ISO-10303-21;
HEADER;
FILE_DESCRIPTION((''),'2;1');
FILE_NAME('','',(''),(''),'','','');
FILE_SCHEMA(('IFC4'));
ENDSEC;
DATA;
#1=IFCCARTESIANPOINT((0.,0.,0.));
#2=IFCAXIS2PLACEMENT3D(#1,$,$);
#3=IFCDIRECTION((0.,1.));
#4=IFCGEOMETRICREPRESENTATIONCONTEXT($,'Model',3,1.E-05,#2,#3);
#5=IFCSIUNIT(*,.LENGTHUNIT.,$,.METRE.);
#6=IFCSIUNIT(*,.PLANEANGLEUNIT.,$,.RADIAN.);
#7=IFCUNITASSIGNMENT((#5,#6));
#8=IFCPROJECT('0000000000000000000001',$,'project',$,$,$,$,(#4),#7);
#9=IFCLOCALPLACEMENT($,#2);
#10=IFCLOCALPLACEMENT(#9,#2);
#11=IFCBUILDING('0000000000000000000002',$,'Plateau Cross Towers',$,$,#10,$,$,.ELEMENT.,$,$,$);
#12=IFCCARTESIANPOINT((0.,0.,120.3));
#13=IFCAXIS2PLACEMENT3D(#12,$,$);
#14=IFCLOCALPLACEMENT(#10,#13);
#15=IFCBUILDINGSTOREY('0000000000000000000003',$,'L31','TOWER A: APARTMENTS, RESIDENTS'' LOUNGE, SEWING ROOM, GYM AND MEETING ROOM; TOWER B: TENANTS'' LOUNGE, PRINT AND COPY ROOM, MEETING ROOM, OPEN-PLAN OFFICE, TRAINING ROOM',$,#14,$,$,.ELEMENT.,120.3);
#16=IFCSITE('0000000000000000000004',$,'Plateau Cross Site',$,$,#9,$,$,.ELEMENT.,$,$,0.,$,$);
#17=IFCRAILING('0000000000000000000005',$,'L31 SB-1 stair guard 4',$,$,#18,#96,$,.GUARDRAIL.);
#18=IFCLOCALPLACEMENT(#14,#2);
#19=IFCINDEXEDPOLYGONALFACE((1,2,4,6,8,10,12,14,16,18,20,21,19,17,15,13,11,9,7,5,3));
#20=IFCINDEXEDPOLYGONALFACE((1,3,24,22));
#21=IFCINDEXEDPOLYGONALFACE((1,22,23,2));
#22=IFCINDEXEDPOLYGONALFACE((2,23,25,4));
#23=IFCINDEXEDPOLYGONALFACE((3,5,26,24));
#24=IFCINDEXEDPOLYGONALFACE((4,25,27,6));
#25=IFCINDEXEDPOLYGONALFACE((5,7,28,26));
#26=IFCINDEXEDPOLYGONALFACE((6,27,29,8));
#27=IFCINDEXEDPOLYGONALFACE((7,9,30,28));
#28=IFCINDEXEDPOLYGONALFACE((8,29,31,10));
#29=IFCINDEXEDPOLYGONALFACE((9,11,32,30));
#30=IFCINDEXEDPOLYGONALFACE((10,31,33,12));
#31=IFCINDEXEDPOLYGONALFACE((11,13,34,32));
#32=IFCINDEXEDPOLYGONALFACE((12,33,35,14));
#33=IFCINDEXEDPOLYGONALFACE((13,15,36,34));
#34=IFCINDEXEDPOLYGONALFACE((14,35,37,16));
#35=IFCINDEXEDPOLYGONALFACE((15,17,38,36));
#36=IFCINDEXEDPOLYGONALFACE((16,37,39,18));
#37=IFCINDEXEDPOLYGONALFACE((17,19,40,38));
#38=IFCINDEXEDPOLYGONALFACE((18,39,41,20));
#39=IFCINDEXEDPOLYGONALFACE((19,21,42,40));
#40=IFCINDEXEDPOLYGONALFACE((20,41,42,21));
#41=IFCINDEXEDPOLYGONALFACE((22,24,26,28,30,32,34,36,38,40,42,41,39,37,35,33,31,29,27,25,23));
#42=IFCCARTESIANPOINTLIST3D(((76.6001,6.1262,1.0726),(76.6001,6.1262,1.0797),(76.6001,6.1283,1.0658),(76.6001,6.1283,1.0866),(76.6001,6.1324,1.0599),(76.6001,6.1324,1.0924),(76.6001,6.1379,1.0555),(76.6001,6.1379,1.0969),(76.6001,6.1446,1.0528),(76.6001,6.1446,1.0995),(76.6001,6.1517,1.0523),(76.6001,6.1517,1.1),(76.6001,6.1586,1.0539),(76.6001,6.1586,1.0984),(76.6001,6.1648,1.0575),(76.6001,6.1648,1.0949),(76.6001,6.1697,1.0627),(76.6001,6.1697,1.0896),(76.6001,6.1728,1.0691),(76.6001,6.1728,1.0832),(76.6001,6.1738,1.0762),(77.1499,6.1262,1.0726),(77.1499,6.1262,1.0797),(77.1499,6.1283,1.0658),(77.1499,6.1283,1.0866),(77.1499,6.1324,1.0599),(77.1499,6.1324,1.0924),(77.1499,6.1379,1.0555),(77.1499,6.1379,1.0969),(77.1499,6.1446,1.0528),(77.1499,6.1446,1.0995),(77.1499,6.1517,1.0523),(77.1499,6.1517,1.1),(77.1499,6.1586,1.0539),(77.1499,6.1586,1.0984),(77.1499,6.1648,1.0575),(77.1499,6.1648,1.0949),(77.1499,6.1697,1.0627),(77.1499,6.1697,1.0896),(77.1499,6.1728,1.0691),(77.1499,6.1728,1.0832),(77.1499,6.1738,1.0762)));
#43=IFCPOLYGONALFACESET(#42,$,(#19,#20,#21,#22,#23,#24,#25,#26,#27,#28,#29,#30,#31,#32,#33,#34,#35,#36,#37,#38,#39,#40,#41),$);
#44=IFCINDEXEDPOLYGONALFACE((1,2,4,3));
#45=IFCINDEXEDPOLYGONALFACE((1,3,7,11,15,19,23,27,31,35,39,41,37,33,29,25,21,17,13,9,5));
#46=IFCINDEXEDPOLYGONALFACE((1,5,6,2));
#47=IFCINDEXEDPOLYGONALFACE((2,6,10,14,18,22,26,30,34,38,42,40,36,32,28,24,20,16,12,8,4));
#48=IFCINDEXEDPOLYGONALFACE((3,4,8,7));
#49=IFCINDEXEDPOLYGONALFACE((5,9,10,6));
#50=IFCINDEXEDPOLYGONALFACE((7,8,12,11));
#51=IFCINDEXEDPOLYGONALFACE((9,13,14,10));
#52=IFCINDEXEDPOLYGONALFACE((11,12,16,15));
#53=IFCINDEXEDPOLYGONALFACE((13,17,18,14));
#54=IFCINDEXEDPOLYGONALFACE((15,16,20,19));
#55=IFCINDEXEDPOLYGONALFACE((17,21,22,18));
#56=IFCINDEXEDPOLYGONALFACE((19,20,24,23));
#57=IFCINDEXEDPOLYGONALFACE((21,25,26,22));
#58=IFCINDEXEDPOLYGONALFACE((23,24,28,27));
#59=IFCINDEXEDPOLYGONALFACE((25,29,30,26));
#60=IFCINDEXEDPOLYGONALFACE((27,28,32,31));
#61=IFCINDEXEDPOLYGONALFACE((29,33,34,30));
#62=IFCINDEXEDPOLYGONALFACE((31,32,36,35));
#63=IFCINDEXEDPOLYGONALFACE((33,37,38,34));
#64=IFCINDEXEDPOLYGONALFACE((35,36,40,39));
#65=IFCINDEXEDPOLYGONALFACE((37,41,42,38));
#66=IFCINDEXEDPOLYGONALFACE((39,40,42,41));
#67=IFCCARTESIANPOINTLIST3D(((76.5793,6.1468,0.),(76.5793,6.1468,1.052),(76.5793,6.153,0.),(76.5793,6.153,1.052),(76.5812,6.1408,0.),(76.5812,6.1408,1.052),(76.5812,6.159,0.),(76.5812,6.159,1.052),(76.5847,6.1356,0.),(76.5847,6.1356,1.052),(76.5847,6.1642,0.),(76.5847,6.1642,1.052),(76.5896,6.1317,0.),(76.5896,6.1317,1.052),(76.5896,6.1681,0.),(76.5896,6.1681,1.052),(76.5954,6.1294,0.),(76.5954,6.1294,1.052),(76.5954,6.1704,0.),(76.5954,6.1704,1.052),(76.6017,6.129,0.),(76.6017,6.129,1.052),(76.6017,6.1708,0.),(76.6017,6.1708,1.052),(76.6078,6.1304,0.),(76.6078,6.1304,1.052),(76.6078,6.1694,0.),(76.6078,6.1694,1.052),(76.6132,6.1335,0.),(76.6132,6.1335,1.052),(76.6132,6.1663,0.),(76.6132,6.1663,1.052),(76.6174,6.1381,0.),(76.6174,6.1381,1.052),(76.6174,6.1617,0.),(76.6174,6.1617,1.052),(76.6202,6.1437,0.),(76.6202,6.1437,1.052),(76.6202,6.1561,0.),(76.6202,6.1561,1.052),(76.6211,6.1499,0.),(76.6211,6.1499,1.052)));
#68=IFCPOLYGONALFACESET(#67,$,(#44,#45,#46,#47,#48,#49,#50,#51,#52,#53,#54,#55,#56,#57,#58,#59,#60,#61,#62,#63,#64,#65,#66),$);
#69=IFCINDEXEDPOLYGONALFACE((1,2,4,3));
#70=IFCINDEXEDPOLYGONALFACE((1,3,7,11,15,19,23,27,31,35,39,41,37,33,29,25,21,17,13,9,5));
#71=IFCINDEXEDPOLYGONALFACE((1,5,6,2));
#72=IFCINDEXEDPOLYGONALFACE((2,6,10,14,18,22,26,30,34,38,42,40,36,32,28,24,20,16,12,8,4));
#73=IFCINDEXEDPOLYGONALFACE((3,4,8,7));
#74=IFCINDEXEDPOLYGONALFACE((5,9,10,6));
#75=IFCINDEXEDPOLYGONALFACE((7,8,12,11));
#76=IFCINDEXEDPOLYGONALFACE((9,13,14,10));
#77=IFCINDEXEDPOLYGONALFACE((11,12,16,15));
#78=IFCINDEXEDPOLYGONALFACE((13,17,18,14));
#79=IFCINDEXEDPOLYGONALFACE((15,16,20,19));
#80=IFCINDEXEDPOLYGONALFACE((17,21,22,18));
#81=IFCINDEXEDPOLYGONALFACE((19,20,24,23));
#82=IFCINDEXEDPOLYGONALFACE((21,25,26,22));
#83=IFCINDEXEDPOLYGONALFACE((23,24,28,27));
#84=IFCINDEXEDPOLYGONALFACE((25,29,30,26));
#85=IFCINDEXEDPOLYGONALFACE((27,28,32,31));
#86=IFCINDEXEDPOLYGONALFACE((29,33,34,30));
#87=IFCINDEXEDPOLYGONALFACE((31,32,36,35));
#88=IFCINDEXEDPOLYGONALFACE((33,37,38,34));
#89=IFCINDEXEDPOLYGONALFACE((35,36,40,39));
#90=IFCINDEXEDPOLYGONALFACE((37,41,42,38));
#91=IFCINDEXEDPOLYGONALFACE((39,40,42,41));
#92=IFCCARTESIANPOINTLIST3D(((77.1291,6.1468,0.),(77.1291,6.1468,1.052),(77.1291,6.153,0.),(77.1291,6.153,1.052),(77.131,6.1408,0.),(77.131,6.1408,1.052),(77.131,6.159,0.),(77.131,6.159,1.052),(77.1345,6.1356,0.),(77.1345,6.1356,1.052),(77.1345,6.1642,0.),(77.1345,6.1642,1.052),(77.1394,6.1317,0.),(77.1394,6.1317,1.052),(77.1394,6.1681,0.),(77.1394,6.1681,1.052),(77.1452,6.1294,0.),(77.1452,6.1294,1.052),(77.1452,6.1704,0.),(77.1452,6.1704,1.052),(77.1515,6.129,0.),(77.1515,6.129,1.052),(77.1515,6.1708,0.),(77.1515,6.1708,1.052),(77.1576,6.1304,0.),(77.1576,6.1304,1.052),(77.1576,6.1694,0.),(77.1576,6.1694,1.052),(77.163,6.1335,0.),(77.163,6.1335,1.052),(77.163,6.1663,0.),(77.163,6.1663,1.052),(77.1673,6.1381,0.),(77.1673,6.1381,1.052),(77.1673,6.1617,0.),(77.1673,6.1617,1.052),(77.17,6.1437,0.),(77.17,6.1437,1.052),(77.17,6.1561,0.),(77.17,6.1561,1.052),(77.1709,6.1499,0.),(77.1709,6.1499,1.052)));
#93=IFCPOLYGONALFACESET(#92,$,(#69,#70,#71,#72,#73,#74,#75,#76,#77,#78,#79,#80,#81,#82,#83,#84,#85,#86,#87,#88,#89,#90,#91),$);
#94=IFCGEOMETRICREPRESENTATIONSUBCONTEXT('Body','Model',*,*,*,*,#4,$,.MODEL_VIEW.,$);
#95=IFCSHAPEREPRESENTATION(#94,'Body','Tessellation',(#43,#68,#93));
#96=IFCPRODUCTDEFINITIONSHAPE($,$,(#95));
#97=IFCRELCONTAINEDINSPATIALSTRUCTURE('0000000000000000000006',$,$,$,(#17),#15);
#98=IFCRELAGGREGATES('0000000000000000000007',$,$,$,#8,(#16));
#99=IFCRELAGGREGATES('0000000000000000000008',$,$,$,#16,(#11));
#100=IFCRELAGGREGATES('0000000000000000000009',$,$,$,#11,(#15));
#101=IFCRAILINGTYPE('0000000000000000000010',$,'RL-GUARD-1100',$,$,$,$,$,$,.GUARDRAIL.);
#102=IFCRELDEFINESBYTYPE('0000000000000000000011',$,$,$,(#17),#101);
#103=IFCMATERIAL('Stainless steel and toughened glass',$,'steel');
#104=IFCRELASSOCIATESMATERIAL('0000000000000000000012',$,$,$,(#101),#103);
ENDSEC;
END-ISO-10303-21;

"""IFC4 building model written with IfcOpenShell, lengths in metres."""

from ifc_helpers import new_model, si_unit, direction, frame, origin, origin_2d, place, context, subcontext, project, spatial, circle, extrude, material, type_object, element, save


model = new_model("IFC4")

# Units and contexts
model_context = context("Model", 3, precision=1e-05, world=origin(), true_north=direction((0.0, 1.0)))
body_context = subcontext(model_context, "Body", "Model", "MODEL_VIEW")
ifc_project = project(units=[si_unit("LENGTHUNIT", "METRE"), si_unit("PLANEANGLEUNIT", "RADIAN")], contexts=[model_context])

# Site, building, storey
site_placement = place(None, origin())
site = spatial("IfcSite", under=ifc_project, at=site_placement, Name="Plateau Cross Site", CompositionType="ELEMENT", RefElevation=0.0)
building_placement = place(site_placement, origin())
building = spatial("IfcBuilding", under=site, at=building_placement, Name="Plateau Cross Towers", CompositionType="ELEMENT")
storey_placement = place(building_placement, frame((0.0, 0.0, 120.3)))
storey = spatial("IfcBuildingStorey", under=building, at=storey_placement, Name="L31", Description="TOWER A: APARTMENTS, RESIDENTS' LOUNGE, SEWING ROOM, GYM AND MEETING ROOM; TOWER B: TENANTS' LOUNGE, PRINT AND COPY ROOM, MEETING ROOM, OPEN-PLAN OFFICE, TRAINING ROOM", CompositionType="ELEMENT", Elevation=120.3)

# Railing
ifc_material_1 = material(Name="Stainless steel and toughened glass", Category="steel")
railing_type_1 = type_object("IfcRailingType", Name="RL-GUARD-1100", PredefinedType="GUARDRAIL", material=ifc_material_1)
railing_1_placement = place(storey_placement, frame((76.6001, 6.1499, 0.0)))
element("IfcRailing", 1, at=railing_1_placement, inside=storey, type_object=railing_type_1, Name="L31 SB-1 stair guard 4", PredefinedType="GUARDRAIL", context=body_context, shape_type="SweptSolid", body=[
    extrude(circle(Radius=0.0239, at=origin_2d()), frame((0.0, 0.0, 1.0762), z_axis=(1.0, 0.0, 0.0), x_axis=(0.0, 1.0, 0.0)), (0.0, 0.0, 1.0), 0.5498),
    extrude(circle(Radius=0.021, at=origin_2d()), origin(), (0.0, 0.0, 1.0), 1.052),
    extrude(circle(Radius=0.021, at=origin_2d()), frame((0.5498, 0.0, 0.0)), (0.0, 0.0, 1.0), 1.052),
])

save(model, "model.ifc")
